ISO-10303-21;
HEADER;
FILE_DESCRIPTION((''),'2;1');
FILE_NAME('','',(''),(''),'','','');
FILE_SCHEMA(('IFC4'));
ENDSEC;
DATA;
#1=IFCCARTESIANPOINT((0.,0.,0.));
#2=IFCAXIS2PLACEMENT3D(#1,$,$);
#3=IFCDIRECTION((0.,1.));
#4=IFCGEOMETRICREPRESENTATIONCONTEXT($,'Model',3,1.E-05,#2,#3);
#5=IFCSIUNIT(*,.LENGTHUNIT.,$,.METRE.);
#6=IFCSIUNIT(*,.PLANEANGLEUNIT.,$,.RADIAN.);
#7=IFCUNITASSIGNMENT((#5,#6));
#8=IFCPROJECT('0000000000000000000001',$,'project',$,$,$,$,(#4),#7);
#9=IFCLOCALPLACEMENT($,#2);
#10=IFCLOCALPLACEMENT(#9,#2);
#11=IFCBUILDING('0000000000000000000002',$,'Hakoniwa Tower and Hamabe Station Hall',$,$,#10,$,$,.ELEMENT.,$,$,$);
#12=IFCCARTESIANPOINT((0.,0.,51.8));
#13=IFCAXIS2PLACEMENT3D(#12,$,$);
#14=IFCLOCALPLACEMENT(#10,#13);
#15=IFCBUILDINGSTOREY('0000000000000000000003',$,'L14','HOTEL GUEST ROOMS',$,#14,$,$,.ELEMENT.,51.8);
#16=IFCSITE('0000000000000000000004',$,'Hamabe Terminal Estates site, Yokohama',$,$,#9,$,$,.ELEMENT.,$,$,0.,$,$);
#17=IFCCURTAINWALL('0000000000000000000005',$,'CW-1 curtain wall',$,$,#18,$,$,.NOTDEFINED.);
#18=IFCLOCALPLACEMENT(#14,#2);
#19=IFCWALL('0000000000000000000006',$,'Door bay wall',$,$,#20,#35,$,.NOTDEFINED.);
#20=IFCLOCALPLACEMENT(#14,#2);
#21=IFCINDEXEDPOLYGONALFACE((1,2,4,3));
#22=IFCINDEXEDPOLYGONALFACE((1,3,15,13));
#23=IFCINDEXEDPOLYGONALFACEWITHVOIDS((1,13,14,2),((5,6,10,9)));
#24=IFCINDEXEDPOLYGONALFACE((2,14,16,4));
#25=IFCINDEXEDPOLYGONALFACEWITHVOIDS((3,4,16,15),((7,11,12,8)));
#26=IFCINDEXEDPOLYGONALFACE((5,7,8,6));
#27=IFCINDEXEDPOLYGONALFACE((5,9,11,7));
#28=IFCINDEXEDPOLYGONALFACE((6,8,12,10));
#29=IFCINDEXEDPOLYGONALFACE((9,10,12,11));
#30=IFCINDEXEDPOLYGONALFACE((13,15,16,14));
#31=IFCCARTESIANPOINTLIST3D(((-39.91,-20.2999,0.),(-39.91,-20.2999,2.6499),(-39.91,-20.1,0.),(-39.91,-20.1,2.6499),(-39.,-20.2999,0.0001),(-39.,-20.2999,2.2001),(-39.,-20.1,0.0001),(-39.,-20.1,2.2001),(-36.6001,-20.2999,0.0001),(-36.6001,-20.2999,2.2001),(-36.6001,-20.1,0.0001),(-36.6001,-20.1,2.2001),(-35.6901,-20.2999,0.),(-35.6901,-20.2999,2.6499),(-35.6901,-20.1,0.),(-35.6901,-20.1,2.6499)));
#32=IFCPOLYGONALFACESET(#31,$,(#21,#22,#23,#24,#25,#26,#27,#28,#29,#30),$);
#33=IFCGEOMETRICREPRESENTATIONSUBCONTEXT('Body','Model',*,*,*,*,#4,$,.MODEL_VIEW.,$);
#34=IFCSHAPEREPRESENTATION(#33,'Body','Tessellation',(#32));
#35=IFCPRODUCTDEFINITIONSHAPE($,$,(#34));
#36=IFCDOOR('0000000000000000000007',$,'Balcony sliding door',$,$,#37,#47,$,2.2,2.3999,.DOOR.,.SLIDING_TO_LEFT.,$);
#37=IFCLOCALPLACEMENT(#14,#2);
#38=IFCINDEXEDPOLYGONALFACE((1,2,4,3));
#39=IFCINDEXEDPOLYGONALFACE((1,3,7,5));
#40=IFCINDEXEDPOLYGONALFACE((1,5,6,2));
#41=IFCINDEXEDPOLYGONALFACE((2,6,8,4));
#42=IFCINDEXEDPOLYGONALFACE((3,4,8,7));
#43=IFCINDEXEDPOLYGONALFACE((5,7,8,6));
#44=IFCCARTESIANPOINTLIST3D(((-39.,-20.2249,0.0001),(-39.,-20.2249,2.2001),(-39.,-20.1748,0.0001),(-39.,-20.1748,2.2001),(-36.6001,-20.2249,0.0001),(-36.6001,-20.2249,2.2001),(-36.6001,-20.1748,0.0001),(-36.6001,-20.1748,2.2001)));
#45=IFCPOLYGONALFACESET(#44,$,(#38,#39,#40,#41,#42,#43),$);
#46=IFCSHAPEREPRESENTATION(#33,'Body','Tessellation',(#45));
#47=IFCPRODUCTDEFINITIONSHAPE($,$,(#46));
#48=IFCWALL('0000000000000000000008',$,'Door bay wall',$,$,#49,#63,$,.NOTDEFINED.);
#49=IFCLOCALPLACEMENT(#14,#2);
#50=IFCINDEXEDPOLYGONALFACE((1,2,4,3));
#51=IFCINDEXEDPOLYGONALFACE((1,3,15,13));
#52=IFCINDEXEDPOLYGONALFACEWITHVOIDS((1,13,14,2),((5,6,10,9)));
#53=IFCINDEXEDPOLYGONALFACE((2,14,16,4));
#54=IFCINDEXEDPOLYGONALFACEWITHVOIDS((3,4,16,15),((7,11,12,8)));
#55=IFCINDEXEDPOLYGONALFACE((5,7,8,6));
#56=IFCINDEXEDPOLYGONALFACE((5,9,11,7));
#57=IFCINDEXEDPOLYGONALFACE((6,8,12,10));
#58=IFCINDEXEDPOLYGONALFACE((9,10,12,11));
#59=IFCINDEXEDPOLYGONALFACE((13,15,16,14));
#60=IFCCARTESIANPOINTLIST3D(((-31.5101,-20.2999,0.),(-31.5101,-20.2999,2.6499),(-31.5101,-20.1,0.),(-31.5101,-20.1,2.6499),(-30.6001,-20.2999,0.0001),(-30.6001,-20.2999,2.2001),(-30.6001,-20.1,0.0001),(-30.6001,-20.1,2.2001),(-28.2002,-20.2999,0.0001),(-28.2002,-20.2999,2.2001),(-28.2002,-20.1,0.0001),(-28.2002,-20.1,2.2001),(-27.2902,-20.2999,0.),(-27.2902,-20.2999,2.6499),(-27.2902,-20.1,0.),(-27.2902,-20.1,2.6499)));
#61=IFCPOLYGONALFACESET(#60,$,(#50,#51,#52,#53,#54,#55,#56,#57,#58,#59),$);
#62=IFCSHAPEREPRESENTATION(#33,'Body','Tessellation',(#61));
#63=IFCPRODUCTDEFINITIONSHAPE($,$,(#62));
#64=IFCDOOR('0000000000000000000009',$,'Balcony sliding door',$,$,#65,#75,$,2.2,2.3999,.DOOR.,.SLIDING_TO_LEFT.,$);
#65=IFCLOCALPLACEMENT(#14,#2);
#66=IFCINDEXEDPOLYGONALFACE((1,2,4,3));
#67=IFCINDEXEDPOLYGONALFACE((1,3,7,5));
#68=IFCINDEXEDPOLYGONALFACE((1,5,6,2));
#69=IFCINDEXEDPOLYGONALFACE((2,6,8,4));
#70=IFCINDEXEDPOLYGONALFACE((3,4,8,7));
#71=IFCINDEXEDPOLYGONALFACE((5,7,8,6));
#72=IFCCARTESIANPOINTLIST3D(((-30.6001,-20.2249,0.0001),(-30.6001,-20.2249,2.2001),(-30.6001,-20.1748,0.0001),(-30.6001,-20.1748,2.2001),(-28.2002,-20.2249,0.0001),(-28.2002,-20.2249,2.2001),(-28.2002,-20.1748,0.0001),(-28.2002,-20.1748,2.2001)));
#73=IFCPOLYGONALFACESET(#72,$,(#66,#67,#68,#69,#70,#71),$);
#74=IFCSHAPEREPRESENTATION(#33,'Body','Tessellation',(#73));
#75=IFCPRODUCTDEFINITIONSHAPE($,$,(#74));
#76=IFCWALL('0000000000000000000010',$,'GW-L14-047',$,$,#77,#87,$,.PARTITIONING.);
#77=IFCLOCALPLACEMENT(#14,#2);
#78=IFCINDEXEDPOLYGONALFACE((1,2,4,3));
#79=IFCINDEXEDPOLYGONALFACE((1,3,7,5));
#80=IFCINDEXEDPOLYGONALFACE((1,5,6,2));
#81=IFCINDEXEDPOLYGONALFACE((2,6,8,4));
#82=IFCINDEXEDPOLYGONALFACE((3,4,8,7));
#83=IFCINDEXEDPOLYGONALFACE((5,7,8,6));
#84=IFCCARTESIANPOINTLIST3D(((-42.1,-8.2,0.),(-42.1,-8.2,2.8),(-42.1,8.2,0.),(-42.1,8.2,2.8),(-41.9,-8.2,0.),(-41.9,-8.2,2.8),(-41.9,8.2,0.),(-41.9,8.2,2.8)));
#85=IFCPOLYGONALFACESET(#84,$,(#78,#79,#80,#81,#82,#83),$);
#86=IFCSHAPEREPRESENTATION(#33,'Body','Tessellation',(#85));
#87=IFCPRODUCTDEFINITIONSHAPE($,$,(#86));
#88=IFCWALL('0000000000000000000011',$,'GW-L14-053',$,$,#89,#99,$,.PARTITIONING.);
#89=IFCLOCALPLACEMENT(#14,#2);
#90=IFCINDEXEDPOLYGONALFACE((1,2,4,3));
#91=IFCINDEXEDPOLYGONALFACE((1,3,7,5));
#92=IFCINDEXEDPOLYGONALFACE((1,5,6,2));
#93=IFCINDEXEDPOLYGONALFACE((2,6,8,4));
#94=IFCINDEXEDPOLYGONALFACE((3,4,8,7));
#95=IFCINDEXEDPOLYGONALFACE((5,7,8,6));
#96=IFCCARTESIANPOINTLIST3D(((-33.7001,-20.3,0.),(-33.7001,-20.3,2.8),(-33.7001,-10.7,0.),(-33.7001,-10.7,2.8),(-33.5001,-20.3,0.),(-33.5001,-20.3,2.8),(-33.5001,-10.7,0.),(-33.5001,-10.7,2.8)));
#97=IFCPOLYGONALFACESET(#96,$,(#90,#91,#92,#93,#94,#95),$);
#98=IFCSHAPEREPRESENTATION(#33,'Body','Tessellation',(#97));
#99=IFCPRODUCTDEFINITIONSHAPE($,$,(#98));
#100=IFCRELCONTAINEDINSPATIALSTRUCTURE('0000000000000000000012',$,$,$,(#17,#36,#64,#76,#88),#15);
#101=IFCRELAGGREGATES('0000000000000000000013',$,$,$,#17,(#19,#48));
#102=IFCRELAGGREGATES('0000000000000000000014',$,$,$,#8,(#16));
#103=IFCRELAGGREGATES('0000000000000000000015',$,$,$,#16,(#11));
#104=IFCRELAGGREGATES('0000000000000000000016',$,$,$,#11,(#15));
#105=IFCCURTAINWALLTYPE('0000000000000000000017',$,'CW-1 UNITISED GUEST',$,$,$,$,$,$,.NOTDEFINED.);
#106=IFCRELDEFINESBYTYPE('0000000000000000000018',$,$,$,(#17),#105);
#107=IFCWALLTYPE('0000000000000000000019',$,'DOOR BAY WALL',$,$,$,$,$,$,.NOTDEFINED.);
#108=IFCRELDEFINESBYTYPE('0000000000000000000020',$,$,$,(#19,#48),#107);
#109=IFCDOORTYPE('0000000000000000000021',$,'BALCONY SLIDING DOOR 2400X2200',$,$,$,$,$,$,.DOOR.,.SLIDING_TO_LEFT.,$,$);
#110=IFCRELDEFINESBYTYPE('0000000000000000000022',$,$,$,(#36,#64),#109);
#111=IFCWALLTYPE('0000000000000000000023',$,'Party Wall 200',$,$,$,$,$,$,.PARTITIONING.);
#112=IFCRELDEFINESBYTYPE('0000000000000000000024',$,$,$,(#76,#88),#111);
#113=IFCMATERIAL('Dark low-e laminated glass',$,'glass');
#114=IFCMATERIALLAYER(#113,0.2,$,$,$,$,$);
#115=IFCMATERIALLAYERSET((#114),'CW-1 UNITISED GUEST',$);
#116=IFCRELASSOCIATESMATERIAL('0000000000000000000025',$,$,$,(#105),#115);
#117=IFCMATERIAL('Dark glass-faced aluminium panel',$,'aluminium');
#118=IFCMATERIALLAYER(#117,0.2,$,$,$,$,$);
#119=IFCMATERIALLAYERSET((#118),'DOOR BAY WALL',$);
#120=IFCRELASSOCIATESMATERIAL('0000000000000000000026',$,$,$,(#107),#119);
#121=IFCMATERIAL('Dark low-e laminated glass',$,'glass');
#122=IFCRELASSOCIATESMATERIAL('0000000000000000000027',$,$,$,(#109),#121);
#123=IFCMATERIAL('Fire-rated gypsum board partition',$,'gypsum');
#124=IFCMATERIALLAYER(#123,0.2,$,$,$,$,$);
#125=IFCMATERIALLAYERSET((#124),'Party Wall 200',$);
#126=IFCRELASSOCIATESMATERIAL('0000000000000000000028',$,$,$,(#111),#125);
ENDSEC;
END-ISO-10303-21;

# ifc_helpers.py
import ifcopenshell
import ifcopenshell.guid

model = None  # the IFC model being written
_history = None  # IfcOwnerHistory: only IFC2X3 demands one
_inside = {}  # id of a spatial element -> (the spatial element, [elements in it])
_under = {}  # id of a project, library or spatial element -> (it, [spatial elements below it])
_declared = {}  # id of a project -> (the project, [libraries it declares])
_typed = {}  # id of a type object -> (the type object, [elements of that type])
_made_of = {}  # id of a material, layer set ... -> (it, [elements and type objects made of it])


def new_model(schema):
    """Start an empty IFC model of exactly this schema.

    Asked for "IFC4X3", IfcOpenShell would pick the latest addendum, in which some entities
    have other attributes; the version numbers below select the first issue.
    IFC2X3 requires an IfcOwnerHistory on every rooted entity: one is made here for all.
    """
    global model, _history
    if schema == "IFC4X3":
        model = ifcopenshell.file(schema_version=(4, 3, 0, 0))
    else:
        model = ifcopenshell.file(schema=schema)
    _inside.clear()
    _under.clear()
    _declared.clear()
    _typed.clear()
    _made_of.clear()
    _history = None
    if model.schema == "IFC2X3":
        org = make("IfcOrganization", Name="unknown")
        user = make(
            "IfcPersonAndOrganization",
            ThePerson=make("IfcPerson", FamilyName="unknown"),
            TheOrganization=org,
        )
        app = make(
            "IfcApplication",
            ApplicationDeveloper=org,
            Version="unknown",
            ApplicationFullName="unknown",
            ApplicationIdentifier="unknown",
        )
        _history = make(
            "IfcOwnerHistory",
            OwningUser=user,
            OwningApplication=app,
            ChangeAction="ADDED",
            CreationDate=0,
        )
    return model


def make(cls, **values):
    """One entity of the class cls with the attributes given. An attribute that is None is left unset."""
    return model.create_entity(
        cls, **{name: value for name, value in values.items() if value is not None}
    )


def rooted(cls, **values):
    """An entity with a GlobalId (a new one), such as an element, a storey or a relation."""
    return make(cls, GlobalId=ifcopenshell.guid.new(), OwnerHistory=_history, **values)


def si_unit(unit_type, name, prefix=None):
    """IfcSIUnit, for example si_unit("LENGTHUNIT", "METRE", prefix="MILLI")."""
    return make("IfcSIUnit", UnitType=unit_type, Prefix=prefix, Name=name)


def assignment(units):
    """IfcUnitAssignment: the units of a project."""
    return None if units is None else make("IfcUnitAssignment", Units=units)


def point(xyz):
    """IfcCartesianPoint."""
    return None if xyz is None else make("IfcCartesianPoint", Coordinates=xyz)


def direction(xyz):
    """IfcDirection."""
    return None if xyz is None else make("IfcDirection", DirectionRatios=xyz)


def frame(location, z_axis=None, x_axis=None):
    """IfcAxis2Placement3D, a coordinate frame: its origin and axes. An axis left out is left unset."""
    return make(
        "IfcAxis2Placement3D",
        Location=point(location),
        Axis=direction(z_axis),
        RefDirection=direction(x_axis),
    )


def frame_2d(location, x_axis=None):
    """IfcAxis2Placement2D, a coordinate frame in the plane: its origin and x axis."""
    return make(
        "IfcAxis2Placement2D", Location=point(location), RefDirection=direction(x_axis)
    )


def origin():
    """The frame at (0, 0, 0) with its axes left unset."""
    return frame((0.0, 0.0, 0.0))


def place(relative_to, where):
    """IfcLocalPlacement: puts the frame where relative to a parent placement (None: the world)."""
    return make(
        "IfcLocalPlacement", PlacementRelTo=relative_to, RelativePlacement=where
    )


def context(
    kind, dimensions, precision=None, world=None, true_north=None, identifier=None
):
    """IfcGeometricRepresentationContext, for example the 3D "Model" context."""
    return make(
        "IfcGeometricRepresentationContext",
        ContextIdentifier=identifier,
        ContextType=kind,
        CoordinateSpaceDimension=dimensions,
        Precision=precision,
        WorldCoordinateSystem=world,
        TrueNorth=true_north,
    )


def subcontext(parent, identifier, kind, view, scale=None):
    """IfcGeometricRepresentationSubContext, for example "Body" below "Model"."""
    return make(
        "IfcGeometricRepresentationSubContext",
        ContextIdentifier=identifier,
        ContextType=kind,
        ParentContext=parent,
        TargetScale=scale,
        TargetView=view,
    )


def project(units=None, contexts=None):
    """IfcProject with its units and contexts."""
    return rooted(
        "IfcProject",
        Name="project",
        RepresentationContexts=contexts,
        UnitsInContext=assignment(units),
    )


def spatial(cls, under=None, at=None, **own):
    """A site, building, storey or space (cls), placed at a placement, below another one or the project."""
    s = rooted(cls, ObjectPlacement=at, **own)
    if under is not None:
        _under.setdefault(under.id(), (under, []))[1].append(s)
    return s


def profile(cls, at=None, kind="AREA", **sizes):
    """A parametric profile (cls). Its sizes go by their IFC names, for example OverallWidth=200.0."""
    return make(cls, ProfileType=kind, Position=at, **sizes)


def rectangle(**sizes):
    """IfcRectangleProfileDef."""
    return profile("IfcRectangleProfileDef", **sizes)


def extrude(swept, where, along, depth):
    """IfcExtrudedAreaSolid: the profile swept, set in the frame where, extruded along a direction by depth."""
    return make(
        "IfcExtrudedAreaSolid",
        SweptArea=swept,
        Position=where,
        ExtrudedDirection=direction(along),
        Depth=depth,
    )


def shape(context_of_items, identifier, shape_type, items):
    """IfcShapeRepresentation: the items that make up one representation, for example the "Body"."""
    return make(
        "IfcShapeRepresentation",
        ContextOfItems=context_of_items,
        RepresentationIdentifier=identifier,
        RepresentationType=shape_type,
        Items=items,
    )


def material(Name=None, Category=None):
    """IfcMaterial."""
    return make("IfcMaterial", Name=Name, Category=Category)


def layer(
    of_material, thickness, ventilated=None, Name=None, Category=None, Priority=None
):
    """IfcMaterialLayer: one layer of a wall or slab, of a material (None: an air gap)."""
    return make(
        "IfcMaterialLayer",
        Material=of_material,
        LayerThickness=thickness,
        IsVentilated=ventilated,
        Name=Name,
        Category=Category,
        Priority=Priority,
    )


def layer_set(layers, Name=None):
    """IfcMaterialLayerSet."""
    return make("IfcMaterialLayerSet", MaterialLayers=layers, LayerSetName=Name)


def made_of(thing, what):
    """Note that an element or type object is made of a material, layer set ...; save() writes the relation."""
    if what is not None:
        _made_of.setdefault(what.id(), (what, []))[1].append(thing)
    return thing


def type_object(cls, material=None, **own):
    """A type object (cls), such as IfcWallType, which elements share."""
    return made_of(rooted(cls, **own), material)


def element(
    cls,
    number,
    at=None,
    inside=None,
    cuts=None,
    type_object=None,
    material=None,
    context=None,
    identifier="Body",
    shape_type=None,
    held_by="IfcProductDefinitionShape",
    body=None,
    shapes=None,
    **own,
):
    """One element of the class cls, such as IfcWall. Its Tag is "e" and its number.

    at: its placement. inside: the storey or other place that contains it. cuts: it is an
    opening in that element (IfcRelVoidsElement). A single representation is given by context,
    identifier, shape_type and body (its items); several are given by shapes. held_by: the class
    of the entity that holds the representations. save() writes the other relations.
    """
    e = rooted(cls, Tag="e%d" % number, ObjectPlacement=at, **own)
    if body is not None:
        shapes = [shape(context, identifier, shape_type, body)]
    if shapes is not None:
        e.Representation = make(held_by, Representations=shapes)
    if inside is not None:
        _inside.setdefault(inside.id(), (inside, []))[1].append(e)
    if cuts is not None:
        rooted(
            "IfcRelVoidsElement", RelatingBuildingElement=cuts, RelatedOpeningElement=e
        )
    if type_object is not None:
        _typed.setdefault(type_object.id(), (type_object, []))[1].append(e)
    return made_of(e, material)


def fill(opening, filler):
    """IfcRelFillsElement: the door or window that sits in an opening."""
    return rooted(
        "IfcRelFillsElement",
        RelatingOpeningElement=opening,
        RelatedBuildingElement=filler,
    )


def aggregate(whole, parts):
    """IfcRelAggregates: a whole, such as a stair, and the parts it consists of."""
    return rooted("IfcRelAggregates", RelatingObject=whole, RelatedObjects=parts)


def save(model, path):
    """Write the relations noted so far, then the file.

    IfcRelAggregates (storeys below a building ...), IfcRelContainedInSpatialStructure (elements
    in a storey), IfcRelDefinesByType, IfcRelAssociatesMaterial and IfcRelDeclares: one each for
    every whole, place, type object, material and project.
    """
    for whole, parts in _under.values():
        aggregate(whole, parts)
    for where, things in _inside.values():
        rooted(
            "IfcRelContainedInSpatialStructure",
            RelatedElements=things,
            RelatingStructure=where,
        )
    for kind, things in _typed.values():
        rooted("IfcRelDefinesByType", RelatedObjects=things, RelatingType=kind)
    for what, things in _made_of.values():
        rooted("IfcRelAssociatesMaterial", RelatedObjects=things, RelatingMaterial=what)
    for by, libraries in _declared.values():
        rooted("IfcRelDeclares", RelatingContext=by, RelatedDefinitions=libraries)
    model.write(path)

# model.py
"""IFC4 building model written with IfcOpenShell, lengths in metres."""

from ifc_helpers import new_model, si_unit, direction, frame, frame_2d, origin, place, context, subcontext, project, spatial, rectangle, extrude, material, layer, layer_set, type_object, element, fill, aggregate, save


model = new_model("IFC4")

# Units and contexts
model_context = context("Model", 3, precision=1e-05, world=origin(), true_north=direction((0.0, 1.0)))
body_context = subcontext(model_context, "Body", "Model", "MODEL_VIEW")
ifc_project = project(units=[si_unit("LENGTHUNIT", "METRE"), si_unit("PLANEANGLEUNIT", "RADIAN")], contexts=[model_context])

# Site, building, storey
site_placement = place(None, origin())
site = spatial("IfcSite", under=ifc_project, at=site_placement, Name="Hamabe Terminal Estates site, Yokohama", CompositionType="ELEMENT", RefElevation=0.0)
building_placement = place(site_placement, origin())
building = spatial("IfcBuilding", under=site, at=building_placement, Name="Hakoniwa Tower and Hamabe Station Hall", CompositionType="ELEMENT")
storey_placement = place(building_placement, frame((0.0, 0.0, 51.8)))
storey = spatial("IfcBuildingStorey", under=building, at=storey_placement, Name="L14", Description="HOTEL GUEST ROOMS", CompositionType="ELEMENT", Elevation=51.8)

# Curtain wall
ifc_material_1 = material(Name="Dark low-e laminated glass", Category="glass")
ifc_layer_1 = layer(ifc_material_1, 0.2)
ifc_layer_set_1 = layer_set([ifc_layer_1], Name="CW-1 UNITISED GUEST")
curtain_wall_type = type_object("IfcCurtainWallType", Name="CW-1 UNITISED GUEST", PredefinedType="NOTDEFINED", material=ifc_layer_set_1)
curtain_wall_placement = place(storey_placement, origin())
curtain_wall = element("IfcCurtainWall", 1, at=curtain_wall_placement, inside=storey, type_object=curtain_wall_type, Name="CW-1 curtain wall", PredefinedType="NOTDEFINED")

# Walls, openings, doors
ifc_material_2 = material(Name="Dark glass-faced aluminium panel", Category="aluminium")
ifc_layer_2 = layer(ifc_material_2, 0.2)
ifc_layer_set_2 = layer_set([ifc_layer_2], Name="DOOR BAY WALL")
wall_type_1 = type_object("IfcWallType", Name="DOOR BAY WALL", PredefinedType="NOTDEFINED", material=ifc_layer_set_2)
wall_1_placement = place(storey_placement, frame((-39.9099, -20.2, 0.0), z_axis=(0.0, 0.0, 1.0), x_axis=(1.0, 0.0, 0.0)))
wall_1 = element("IfcWall", 2, at=wall_1_placement, type_object=wall_type_1, Name="Door bay wall", PredefinedType="NOTDEFINED", context=body_context, shape_type="SweptSolid", body=[
    extrude(rectangle(XDim=4.22, YDim=0.2, at=frame_2d((2.1099, 0.0))), origin(), (0.0, 0.0, 1.0), 2.6499),
])
opening_1_placement = place(wall_1_placement, frame((0.9099, 0.0, 0.0)))
opening_1 = element("IfcOpeningElement", 3, at=opening_1_placement, cuts=wall_1, PredefinedType="OPENING", context=body_context, shape_type="SweptSolid", body=[
    extrude(rectangle(XDim=2.3999, YDim=2.2, at=frame_2d((1.2, 1.1001))), frame((0.0, 0.1099, 0.0), z_axis=(0.0, -1.0, 0.0), x_axis=(1.0, 0.0, 0.0)), (0.0, 0.0, 1.0), 0.22),
])
ifc_material_3 = material(Name="Dark low-e laminated glass", Category="glass")
door_type_1 = type_object("IfcDoorType", Name="BALCONY SLIDING DOOR 2400X2200", OperationType="SLIDING_TO_LEFT", PredefinedType="DOOR", material=ifc_material_3)
door_1_placement = place(opening_1_placement, frame((2.3999, 0.0, 0.0), z_axis=(0.0, 0.0, 1.0), x_axis=(-1.0, 0.0, 0.0)))
door_1 = element("IfcDoor", 4, at=door_1_placement, inside=storey, type_object=door_type_1, Name="Balcony sliding door", OperationType="SLIDING_TO_LEFT", OverallHeight=2.2, OverallWidth=2.3999, PredefinedType="DOOR", context=body_context, shape_type="SweptSolid", body=[
    extrude(rectangle(XDim=2.3999, YDim=2.2, at=frame_2d((1.2, 1.1001))), frame((0.0, 0.0249, 0.0), z_axis=(0.0, -1.0, 0.0), x_axis=(1.0, 0.0, 0.0)), (0.0, 0.0, 1.0), 0.05),
])
fill(opening_1, door_1)
wall_2_placement = place(storey_placement, frame((-31.51, -20.2, 0.0), z_axis=(0.0, 0.0, 1.0), x_axis=(1.0, 0.0, 0.0)))
wall_2 = element("IfcWall", 5, at=wall_2_placement, type_object=wall_type_1, Name="Door bay wall", PredefinedType="NOTDEFINED", context=body_context, shape_type="SweptSolid", body=[
    extrude(rectangle(XDim=4.22, YDim=0.2, at=frame_2d((2.1099, 0.0))), origin(), (0.0, 0.0, 1.0), 2.6499),
])
opening_2_placement = place(wall_2_placement, frame((0.9099, 0.0, 0.0)))
opening_2 = element("IfcOpeningElement", 6, at=opening_2_placement, cuts=wall_2, PredefinedType="OPENING", context=body_context, shape_type="SweptSolid", body=[
    extrude(rectangle(XDim=2.3999, YDim=2.2, at=frame_2d((1.2, 1.1001))), frame((0.0, 0.1099, 0.0), z_axis=(0.0, -1.0, 0.0), x_axis=(1.0, 0.0, 0.0)), (0.0, 0.0, 1.0), 0.22),
])
door_2_placement = place(opening_2_placement, frame((2.3999, 0.0, 0.0), z_axis=(0.0, 0.0, 1.0), x_axis=(-1.0, 0.0, 0.0)))
door_2 = element("IfcDoor", 7, at=door_2_placement, inside=storey, type_object=door_type_1, Name="Balcony sliding door", OperationType="SLIDING_TO_LEFT", OverallHeight=2.2, OverallWidth=2.3999, PredefinedType="DOOR", context=body_context, shape_type="SweptSolid", body=[
    extrude(rectangle(XDim=2.3999, YDim=2.2, at=frame_2d((1.2, 1.1001))), frame((0.0, 0.0249, 0.0), z_axis=(0.0, -1.0, 0.0), x_axis=(1.0, 0.0, 0.0)), (0.0, 0.0, 1.0), 0.05),
])
fill(opening_2, door_2)
aggregate(curtain_wall, [wall_1, wall_2])

# Walls
ifc_material_4 = material(Name="Fire-rated gypsum board partition", Category="gypsum")
ifc_layer_3 = layer(ifc_material_4, 0.2)
ifc_layer_set_3 = layer_set([ifc_layer_3], Name="Party Wall 200")
wall_type_2 = type_object("IfcWallType", Name="Party Wall 200", PredefinedType="PARTITIONING", material=ifc_layer_set_3)
wall_3_placement = place(storey_placement, frame((-42.0, -8.2, 0.0), z_axis=(0.0, 0.0, 1.0), x_axis=(0.0, 1.0, 0.0)))
element("IfcWall", 8, at=wall_3_placement, inside=storey, type_object=wall_type_2, Name="GW-L14-047", PredefinedType="PARTITIONING", context=body_context, shape_type="SweptSolid", body=[
    extrude(rectangle(XDim=16.3999, YDim=0.2, at=frame_2d((8.2, 0.0))), origin(), (0.0, 0.0, 1.0), 2.8),
])
wall_4_placement = place(storey_placement, frame((-33.6001, -20.3, 0.0), z_axis=(0.0, 0.0, 1.0), x_axis=(0.0, 1.0, 0.0)))
element("IfcWall", 9, at=wall_4_placement, inside=storey, type_object=wall_type_2, Name="GW-L14-053", PredefinedType="PARTITIONING", context=body_context, shape_type="SweptSolid", body=[
    extrude(rectangle(XDim=9.6001, YDim=0.2, at=frame_2d((4.8, 0.0))), origin(), (0.0, 0.0, 1.0), 2.8),
])

save(model, "model.ifc")
